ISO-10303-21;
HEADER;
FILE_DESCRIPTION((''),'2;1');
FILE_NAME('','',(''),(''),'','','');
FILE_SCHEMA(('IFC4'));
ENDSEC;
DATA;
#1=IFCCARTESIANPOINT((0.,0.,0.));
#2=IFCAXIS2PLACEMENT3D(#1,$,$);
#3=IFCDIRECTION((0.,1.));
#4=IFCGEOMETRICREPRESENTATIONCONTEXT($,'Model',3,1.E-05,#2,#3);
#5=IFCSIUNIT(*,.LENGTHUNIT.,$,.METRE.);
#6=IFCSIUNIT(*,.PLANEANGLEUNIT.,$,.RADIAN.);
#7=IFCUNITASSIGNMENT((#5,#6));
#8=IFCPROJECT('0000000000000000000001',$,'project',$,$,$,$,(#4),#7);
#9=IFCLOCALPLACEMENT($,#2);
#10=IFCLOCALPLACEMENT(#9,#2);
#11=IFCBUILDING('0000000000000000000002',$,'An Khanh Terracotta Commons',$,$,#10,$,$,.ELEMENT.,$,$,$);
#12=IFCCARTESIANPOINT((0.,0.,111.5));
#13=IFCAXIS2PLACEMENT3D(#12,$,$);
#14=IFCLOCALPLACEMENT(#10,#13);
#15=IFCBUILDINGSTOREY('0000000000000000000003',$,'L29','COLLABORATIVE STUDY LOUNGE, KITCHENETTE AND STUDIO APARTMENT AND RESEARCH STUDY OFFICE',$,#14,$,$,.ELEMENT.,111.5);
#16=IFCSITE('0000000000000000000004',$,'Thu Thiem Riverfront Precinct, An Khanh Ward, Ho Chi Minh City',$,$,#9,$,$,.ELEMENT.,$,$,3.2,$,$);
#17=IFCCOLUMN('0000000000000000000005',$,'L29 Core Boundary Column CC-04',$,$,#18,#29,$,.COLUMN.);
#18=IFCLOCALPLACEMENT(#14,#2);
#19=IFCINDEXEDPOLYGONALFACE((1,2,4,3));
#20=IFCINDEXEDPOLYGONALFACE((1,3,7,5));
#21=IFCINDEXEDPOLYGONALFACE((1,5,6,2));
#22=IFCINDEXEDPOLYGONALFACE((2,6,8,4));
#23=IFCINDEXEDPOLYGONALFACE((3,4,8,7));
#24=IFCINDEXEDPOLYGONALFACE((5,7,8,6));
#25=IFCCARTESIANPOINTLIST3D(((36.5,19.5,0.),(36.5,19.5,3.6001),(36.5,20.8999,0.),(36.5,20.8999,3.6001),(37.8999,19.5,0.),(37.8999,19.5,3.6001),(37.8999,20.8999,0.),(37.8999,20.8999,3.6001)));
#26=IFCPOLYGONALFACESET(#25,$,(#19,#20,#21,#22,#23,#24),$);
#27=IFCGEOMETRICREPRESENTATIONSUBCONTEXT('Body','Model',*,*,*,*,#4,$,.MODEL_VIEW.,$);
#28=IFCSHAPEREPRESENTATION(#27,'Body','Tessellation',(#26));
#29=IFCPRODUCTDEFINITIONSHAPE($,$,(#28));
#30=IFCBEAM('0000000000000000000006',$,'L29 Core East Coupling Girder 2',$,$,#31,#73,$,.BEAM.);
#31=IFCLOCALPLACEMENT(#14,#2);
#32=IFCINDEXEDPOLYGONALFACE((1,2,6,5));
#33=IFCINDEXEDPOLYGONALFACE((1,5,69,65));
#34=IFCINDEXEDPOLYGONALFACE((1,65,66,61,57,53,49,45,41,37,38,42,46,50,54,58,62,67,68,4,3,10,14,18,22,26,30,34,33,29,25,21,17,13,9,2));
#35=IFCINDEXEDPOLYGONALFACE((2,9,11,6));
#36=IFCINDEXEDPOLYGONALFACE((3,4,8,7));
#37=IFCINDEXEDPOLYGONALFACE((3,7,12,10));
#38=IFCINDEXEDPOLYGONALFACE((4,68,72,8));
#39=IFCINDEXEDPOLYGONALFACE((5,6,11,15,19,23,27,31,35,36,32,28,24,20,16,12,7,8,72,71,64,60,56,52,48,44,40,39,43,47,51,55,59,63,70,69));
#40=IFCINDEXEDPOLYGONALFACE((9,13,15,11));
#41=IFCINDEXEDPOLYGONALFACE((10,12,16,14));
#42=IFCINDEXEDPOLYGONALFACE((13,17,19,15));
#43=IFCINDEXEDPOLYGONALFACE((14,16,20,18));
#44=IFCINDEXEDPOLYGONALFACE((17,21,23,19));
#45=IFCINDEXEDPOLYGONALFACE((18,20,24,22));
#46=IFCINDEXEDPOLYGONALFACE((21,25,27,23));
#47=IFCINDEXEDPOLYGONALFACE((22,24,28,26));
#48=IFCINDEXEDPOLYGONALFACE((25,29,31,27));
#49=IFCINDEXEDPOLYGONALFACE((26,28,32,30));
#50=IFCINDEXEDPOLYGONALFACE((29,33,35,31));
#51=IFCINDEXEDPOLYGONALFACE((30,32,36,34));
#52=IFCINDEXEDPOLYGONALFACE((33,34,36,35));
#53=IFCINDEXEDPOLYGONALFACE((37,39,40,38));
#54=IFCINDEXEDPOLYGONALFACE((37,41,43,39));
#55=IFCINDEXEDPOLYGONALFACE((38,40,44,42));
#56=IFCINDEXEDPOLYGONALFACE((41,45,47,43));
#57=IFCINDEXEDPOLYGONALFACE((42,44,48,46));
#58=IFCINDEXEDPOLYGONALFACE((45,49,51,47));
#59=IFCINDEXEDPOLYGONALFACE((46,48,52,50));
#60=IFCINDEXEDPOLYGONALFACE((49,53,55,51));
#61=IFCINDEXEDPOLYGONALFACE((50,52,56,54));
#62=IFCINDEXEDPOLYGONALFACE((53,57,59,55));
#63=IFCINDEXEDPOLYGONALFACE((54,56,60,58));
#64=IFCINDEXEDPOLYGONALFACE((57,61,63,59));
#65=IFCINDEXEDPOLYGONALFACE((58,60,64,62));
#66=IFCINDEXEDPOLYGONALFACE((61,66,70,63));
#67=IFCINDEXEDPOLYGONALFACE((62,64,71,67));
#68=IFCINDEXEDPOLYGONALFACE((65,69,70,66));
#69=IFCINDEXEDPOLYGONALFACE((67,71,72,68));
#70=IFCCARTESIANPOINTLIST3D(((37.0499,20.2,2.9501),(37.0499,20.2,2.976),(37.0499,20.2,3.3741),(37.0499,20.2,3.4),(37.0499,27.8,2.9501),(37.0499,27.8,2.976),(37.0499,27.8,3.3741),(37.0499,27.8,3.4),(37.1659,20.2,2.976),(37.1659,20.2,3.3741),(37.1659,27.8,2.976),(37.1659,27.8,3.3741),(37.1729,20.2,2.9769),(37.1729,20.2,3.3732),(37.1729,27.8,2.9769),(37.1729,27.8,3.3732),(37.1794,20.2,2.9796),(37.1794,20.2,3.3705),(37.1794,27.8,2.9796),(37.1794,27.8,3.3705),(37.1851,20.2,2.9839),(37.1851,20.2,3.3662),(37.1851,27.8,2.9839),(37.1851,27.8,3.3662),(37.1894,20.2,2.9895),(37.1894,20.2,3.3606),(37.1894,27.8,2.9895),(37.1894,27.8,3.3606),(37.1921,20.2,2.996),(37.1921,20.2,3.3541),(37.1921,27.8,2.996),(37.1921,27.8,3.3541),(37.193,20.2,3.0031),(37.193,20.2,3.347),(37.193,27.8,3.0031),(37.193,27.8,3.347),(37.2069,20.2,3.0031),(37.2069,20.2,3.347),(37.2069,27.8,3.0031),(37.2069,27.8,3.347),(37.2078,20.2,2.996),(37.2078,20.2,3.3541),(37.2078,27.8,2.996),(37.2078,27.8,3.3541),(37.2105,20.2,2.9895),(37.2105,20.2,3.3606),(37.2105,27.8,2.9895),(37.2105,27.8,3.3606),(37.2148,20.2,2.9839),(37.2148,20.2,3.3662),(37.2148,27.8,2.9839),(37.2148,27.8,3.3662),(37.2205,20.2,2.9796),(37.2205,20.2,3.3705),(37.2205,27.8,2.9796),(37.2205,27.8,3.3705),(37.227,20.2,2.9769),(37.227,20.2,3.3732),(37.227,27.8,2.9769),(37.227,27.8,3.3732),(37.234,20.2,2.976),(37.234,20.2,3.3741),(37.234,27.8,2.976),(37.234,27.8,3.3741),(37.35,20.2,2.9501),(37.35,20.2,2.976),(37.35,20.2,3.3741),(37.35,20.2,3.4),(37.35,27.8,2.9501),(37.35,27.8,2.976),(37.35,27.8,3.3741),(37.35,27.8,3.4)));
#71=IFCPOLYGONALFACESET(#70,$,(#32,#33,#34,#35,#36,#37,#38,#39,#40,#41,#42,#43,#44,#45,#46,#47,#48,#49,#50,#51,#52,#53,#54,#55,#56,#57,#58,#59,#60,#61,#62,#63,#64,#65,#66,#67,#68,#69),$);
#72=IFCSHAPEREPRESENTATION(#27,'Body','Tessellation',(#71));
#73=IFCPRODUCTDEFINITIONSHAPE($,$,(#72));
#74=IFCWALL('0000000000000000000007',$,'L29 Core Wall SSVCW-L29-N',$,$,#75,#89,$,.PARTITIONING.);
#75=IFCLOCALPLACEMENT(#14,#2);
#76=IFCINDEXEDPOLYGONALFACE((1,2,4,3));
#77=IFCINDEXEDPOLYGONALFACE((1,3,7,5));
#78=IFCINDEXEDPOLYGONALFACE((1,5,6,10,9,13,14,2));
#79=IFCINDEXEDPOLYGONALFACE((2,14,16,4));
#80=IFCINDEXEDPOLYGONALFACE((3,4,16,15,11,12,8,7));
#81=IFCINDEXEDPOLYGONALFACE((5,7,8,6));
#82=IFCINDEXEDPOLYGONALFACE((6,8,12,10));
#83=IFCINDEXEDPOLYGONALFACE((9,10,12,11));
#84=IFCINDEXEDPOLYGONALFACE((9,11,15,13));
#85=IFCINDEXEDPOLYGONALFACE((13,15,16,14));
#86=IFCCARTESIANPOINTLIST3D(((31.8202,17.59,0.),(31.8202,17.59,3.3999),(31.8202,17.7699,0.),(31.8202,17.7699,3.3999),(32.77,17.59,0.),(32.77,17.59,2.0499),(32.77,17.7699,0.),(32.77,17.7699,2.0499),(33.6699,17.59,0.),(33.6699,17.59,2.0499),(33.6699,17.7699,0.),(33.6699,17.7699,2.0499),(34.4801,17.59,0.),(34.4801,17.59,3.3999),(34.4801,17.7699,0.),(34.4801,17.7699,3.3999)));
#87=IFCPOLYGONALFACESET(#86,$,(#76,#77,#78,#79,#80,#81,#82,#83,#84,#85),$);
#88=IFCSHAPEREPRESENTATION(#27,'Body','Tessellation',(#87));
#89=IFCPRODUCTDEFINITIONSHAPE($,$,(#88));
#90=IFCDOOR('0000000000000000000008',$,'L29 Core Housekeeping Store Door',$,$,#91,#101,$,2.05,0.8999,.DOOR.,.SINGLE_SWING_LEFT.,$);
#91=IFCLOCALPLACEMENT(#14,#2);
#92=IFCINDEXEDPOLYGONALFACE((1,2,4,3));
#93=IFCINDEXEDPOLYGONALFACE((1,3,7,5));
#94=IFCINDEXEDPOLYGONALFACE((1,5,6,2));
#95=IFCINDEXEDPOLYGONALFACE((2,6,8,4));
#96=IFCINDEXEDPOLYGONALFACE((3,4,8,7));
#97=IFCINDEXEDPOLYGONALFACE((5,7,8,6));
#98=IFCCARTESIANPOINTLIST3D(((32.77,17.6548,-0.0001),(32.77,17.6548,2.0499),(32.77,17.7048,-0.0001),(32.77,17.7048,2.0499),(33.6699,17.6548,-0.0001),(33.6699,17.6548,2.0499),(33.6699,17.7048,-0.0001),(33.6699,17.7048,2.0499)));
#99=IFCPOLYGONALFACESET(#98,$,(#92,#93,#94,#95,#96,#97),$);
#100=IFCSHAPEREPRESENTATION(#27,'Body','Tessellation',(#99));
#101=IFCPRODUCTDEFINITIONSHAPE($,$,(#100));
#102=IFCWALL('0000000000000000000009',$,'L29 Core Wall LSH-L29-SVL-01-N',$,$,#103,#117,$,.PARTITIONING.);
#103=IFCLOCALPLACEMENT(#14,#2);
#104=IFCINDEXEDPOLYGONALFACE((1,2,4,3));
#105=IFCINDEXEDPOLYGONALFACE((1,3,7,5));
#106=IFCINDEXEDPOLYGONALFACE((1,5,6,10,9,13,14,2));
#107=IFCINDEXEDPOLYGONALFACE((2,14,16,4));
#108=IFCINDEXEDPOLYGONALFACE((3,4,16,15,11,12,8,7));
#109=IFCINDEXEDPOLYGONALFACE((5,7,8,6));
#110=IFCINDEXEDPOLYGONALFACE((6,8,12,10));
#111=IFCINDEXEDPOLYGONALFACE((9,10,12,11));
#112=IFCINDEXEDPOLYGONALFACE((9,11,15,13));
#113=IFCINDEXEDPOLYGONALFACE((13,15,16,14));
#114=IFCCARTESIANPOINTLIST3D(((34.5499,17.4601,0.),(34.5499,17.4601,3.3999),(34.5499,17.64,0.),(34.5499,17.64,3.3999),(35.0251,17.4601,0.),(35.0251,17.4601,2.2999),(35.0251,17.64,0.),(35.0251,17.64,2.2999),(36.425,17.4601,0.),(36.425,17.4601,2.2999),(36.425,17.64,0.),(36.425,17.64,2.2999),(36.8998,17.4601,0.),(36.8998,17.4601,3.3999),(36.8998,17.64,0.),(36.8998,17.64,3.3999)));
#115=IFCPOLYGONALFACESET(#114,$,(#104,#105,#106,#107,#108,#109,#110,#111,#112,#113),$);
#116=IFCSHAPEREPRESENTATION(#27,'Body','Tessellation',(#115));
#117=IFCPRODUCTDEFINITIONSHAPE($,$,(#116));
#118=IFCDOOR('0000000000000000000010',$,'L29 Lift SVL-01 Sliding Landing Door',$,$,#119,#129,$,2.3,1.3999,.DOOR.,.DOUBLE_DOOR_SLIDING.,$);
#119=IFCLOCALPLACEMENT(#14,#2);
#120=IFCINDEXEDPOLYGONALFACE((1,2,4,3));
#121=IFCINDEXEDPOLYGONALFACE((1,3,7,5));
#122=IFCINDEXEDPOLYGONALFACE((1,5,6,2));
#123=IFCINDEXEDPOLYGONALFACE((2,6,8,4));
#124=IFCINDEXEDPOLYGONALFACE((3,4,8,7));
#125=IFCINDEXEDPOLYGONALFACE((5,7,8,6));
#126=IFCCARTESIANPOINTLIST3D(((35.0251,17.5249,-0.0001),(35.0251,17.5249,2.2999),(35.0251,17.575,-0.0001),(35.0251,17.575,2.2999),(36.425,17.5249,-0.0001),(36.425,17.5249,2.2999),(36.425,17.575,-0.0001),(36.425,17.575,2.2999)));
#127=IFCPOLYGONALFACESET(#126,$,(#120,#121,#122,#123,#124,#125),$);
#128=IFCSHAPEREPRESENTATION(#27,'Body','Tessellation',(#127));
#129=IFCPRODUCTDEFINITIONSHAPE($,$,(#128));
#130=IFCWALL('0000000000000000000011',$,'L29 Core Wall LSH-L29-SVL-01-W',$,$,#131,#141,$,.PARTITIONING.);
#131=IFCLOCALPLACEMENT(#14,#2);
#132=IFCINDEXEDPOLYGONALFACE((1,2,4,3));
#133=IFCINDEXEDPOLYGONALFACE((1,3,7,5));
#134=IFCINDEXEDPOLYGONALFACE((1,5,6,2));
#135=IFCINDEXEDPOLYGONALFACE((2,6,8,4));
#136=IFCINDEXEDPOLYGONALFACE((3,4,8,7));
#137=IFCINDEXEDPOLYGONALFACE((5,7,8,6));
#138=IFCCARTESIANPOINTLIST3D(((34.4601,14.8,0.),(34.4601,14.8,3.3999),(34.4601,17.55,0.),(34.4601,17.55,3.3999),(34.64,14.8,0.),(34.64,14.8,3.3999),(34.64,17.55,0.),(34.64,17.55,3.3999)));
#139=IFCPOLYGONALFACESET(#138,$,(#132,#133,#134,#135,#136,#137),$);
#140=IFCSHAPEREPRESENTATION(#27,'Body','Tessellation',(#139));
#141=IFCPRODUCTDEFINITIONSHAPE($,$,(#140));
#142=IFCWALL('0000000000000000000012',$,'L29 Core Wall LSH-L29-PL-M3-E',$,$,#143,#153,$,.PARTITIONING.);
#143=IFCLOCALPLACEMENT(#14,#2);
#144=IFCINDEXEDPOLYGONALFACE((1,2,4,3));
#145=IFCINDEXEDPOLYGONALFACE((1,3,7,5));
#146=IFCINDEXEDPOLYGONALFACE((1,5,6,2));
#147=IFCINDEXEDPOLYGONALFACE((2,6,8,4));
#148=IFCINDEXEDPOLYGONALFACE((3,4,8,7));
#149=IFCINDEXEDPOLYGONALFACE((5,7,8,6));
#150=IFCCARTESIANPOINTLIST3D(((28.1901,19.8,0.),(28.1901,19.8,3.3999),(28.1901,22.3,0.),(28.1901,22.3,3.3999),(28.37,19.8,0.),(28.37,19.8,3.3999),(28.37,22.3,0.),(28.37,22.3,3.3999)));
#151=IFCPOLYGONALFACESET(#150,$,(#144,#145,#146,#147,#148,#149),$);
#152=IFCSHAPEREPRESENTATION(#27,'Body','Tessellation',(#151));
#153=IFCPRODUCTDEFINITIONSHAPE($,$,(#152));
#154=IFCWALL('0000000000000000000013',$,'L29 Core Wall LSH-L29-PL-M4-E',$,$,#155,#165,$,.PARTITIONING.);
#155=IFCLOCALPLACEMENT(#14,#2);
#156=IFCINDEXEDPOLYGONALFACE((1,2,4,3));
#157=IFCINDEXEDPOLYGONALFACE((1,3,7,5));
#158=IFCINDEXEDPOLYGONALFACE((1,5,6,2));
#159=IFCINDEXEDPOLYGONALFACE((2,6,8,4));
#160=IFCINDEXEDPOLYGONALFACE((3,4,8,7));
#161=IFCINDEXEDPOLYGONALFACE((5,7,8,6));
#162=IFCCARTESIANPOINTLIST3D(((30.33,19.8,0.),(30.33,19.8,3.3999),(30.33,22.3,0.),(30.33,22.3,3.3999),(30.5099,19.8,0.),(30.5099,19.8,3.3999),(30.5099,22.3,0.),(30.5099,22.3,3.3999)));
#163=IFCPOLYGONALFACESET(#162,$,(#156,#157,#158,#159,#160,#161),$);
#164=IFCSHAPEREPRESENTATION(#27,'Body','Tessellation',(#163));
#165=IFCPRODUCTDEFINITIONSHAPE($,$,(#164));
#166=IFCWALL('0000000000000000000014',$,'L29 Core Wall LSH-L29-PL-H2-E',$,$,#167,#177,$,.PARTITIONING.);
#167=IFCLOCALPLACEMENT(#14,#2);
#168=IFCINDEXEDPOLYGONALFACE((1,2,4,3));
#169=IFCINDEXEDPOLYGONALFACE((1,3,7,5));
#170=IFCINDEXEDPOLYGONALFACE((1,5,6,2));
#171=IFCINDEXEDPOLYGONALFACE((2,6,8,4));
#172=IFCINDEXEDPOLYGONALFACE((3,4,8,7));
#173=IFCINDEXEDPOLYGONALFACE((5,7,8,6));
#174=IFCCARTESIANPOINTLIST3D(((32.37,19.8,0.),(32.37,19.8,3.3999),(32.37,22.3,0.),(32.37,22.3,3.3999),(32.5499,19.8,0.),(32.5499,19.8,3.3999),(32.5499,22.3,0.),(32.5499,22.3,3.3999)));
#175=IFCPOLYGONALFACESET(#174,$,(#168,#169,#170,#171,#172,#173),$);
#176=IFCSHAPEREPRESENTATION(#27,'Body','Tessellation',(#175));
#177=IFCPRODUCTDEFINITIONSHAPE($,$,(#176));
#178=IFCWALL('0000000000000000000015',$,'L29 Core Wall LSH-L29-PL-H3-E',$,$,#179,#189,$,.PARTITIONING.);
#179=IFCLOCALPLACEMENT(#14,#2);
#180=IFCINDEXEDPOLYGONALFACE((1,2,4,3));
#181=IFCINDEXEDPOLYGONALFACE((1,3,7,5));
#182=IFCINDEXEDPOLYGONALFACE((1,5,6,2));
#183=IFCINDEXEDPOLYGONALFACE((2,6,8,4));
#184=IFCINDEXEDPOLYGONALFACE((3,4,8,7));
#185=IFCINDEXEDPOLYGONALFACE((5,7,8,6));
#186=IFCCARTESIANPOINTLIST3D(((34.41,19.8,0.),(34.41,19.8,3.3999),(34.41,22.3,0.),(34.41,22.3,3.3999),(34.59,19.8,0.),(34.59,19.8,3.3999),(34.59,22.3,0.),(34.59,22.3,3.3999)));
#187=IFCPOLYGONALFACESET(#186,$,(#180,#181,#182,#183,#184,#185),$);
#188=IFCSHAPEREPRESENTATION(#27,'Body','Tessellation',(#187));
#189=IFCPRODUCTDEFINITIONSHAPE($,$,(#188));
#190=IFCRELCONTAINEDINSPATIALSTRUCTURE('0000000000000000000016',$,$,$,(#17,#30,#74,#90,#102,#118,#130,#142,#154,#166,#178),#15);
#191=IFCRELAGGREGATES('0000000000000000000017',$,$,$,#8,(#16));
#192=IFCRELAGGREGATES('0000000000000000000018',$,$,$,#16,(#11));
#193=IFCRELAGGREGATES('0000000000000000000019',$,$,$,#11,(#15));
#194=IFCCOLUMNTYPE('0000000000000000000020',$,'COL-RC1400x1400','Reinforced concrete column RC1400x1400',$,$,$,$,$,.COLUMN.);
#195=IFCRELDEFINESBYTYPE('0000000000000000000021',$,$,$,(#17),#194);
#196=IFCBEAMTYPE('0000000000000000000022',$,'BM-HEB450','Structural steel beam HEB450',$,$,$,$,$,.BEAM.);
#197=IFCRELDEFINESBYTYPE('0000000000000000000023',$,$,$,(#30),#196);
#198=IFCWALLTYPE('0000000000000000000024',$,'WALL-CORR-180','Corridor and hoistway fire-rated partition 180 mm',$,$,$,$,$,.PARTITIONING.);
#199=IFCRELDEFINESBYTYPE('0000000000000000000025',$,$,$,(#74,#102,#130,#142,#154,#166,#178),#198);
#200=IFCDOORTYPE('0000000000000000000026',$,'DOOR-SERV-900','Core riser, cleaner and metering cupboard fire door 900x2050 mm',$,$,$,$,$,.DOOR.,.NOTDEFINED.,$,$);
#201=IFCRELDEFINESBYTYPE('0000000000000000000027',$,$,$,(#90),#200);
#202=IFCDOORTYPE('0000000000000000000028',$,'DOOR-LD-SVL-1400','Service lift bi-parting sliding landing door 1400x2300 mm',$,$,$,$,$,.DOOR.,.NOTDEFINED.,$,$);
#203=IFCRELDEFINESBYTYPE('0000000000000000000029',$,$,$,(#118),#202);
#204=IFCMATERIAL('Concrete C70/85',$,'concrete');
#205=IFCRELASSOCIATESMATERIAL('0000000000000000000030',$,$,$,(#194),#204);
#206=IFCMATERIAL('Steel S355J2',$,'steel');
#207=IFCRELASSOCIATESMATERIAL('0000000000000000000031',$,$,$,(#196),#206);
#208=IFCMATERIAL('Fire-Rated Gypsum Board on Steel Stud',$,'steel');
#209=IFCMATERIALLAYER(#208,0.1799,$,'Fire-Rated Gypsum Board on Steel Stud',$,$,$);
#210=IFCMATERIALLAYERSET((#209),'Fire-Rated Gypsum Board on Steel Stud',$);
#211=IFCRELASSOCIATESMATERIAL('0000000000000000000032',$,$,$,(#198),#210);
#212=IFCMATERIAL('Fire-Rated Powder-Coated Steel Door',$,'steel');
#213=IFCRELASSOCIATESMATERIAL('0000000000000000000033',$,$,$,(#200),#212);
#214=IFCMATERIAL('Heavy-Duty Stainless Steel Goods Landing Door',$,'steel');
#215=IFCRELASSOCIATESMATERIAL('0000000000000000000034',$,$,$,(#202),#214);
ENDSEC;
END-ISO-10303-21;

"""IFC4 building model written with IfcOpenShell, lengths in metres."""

from ifc_helpers import new_model, si_unit, direction, frame, frame_2d, origin, origin_2d, place, context, subcontext, project, spatial, rectangle, i_section, extrude, material, layer, layer_set, material_profile, profile_set, type_object, element, fill, save


model = new_model("IFC4")

# Units and contexts
model_context = context("Model", 3, precision=1e-05, world=origin(), true_north=direction((0.0, 1.0)))
body_context = subcontext(model_context, "Body", "Model", "MODEL_VIEW")
ifc_project = project(units=[si_unit("LENGTHUNIT", "METRE"), si_unit("PLANEANGLEUNIT", "RADIAN")], contexts=[model_context])

# Site, building, storey
site_placement = place(None, origin())
site = spatial("IfcSite", under=ifc_project, at=site_placement, Name="Thu Thiem Riverfront Precinct, An Khanh Ward, Ho Chi Minh City", CompositionType="ELEMENT", RefElevation=3.2)
building_placement = place(site_placement, origin())
building = spatial("IfcBuilding", under=site, at=building_placement, Name="An Khanh Terracotta Commons", CompositionType="ELEMENT")
storey_placement = place(building_placement, frame((0.0, 0.0, 111.5)))
storey = spatial("IfcBuildingStorey", under=building, at=storey_placement, Name="L29", Description="COLLABORATIVE STUDY LOUNGE, KITCHENETTE AND STUDIO APARTMENT AND RESEARCH STUDY OFFICE", CompositionType="ELEMENT", Elevation=111.5)

# Column
ifc_material_1 = material(Name="Concrete C70/85", Category="concrete")
ifc_material_profile_1 = material_profile(ifc_material_1, rectangle(XDim=1.3999, YDim=1.3999, at=origin_2d()), Name="RC1400x1400")
ifc_profile_set_1 = profile_set([ifc_material_profile_1], Name="Concrete C70/85")
column_type = type_object("IfcColumnType", Name="COL-RC1400x1400", Description="Reinforced concrete column RC1400x1400", PredefinedType="COLUMN", material=ifc_profile_set_1)
column_placement = place(storey_placement, frame((37.2, 20.2, 0.0), z_axis=(0.0, 0.0, 1.0), x_axis=(1.0, 0.0, 0.0)))
element("IfcColumn", 1, at=column_placement, inside=storey, type_object=column_type, Name="L29 Core Boundary Column CC-04", PredefinedType="COLUMN", context=body_context, shape_type="SweptSolid", body=[
    extrude(rectangle(XDim=1.3999, YDim=1.3999, at=origin_2d()), origin(), (0.0, 0.0, 1.0), 3.6001),
])

# Beam
ifc_material_2 = material(Name="Steel S355J2", Category="steel")
ifc_material_profile_2 = material_profile(ifc_material_2, i_section(OverallWidth=0.3, OverallDepth=0.45, WebThickness=0.0139, FlangeThickness=0.0259, FilletRadius=0.0271, at=origin_2d()), Name="HEB450")
ifc_profile_set_2 = profile_set([ifc_material_profile_2], Name="Steel S355J2")
beam_type = type_object("IfcBeamType", Name="BM-HEB450", Description="Structural steel beam HEB450", PredefinedType="BEAM", material=ifc_profile_set_2)
beam_placement = place(storey_placement, frame((37.2, 20.2, 3.175), z_axis=(0.0, 1.0, 0.0), x_axis=(-1.0, 0.0, 0.0)))
element("IfcBeam", 2, at=beam_placement, inside=storey, type_object=beam_type, Name="L29 Core East Coupling Girder 2", PredefinedType="BEAM", context=body_context, shape_type="SweptSolid", body=[
    extrude(i_section(OverallWidth=0.3, OverallDepth=0.45, WebThickness=0.0139, FlangeThickness=0.0259, FilletRadius=0.0271, at=origin_2d()), origin(), (0.0, 0.0, 1.0), 7.6001),
])

# Walls, openings, doors
ifc_material_3 = material(Name="Fire-Rated Gypsum Board on Steel Stud", Category="steel")
ifc_layer_1 = layer(ifc_material_3, 0.1799, Name="Fire-Rated Gypsum Board on Steel Stud")
ifc_layer_set_1 = layer_set([ifc_layer_1], Name="Fire-Rated Gypsum Board on Steel Stud")
wall_type_1 = type_object("IfcWallType", Name="WALL-CORR-180", Description="Corridor and hoistway fire-rated partition 180 mm", PredefinedType="PARTITIONING", material=ifc_layer_set_1)
wall_1_placement = place(storey_placement, frame((31.8201, 17.6799, 0.0), z_axis=(0.0, 0.0, 1.0), x_axis=(1.0, 0.0, 0.0)))
wall_1 = element("IfcWall", 3, at=wall_1_placement, inside=storey, type_object=wall_type_1, Name="L29 Core Wall SSVCW-L29-N", PredefinedType="PARTITIONING", context=body_context, shape_type="SweptSolid", body=[
    extrude(rectangle(XDim=2.6599, YDim=0.1799, at=frame_2d((1.3301, 0.0))), origin(), (0.0, 0.0, 1.0), 3.3999),
])
opening_1_placement = place(wall_1_placement, frame((0.95, 0.0, 0.0)))
opening_1 = element("IfcOpeningElement", 4, at=opening_1_placement, cuts=wall_1, PredefinedType="OPENING", context=body_context, shape_type="SweptSolid", body=[
    extrude(rectangle(XDim=0.8999, YDim=2.05, at=frame_2d((0.45, 1.0249))), frame((0.0, 0.0999, 0.0), z_axis=(0.0, -1.0, 0.0), x_axis=(1.0, 0.0, 0.0)), (0.0, 0.0, 1.0), 0.2),
])
ifc_material_4 = material(Name="Fire-Rated Powder-Coated Steel Door", Category="steel")
door_type_1 = type_object("IfcDoorType", Name="DOOR-SERV-900", Description="Core riser, cleaner and metering cupboard fire door 900x2050 mm", OperationType="NOTDEFINED", PredefinedType="DOOR", material=ifc_material_4)
door_1_placement = place(opening_1_placement, origin())
door_1 = element("IfcDoor", 5, at=door_1_placement, inside=storey, type_object=door_type_1, Name="L29 Core Housekeeping Store Door", OperationType="SINGLE_SWING_LEFT", OverallHeight=2.05, OverallWidth=0.8999, PredefinedType="DOOR", context=body_context, shape_type="SweptSolid", body=[
    extrude(rectangle(XDim=0.8999, YDim=2.05, at=frame_2d((0.45, 1.0249))), frame((0.0, 0.0249, 0.0), z_axis=(0.0, -1.0, 0.0), x_axis=(1.0, 0.0, 0.0)), (0.0, 0.0, 1.0), 0.05),
])
fill(opening_1, door_1)
wall_2_placement = place(storey_placement, frame((34.55, 17.55, 0.0), z_axis=(0.0, 0.0, 1.0), x_axis=(1.0, 0.0, 0.0)))
wall_2 = element("IfcWall", 6, at=wall_2_placement, inside=storey, type_object=wall_type_1, Name="L29 Core Wall LSH-L29-SVL-01-N", PredefinedType="PARTITIONING", context=body_context, shape_type="SweptSolid", body=[
    extrude(rectangle(XDim=2.3499, YDim=0.1799, at=frame_2d((1.1748, 0.0))), origin(), (0.0, 0.0, 1.0), 3.3999),
])
opening_2_placement = place(wall_2_placement, frame((0.4751, 0.0, 0.0)))
opening_2 = element("IfcOpeningElement", 7, at=opening_2_placement, cuts=wall_2, PredefinedType="OPENING", context=body_context, shape_type="SweptSolid", body=[
    extrude(rectangle(XDim=1.3999, YDim=2.3, at=frame_2d((0.7, 1.1499))), frame((0.0, 0.0999, 0.0), z_axis=(0.0, -1.0, 0.0), x_axis=(1.0, 0.0, 0.0)), (0.0, 0.0, 1.0), 0.2),
])
ifc_material_5 = material(Name="Heavy-Duty Stainless Steel Goods Landing Door", Category="steel")
door_type_2 = type_object("IfcDoorType", Name="DOOR-LD-SVL-1400", Description="Service lift bi-parting sliding landing door 1400x2300 mm", OperationType="NOTDEFINED", PredefinedType="DOOR", material=ifc_material_5)
door_2_placement = place(opening_2_placement, origin())
door_2 = element("IfcDoor", 8, at=door_2_placement, inside=storey, type_object=door_type_2, Name="L29 Lift SVL-01 Sliding Landing Door", OperationType="DOUBLE_DOOR_SLIDING", OverallHeight=2.3, OverallWidth=1.3999, PredefinedType="DOOR", context=body_context, shape_type="SweptSolid", body=[
    extrude(rectangle(XDim=1.3999, YDim=2.3, at=frame_2d((0.7, 1.1499))), frame((0.0, 0.0249, 0.0), z_axis=(0.0, -1.0, 0.0), x_axis=(1.0, 0.0, 0.0)), (0.0, 0.0, 1.0), 0.05),
])
fill(opening_2, door_2)

# Walls
wall_3_placement = place(storey_placement, frame((34.55, 17.55, 0.0), z_axis=(0.0, 0.0, 1.0), x_axis=(0.0, -1.0, 0.0)))
element("IfcWall", 9, at=wall_3_placement, inside=storey, type_object=wall_type_1, Name="L29 Core Wall LSH-L29-SVL-01-W", PredefinedType="PARTITIONING", context=body_context, shape_type="SweptSolid", body=[
    extrude(rectangle(XDim=2.75, YDim=0.1799, at=frame_2d((1.375, 0.0))), origin(), (0.0, 0.0, 1.0), 3.3999),
])
for number, where, z_axis, x_axis, name in (
    (10, (28.28, 19.8, 0.0), (0.0, 0.0, 1.0), (0.0, 1.0, 0.0), "L29 Core Wall LSH-L29-PL-M3-E"),
    (11, (30.4199, 19.8, 0.0), (0.0, 0.0, 1.0), (0.0, 1.0, 0.0), "L29 Core Wall LSH-L29-PL-M4-E"),
    (12, (32.46, 19.8, 0.0), (0.0, 0.0, 1.0), (0.0, 1.0, 0.0), "L29 Core Wall LSH-L29-PL-H2-E"),
    (13, (34.5, 19.8, 0.0), (0.0, 0.0, 1.0), (0.0, 1.0, 0.0), "L29 Core Wall LSH-L29-PL-H3-E"),
):
    element("IfcWall", number, at=place(storey_placement, frame(where, z_axis=z_axis, x_axis=x_axis)), inside=storey, type_object=wall_type_1, Name=name, PredefinedType="PARTITIONING", context=body_context, shape_type="SweptSolid", body=[
        extrude(rectangle(XDim=2.5, YDim=0.1799, at=frame_2d((1.25, 0.0))), origin(), (0.0, 0.0, 1.0), 3.3999),
    ])

save(model, "model.ifc")
